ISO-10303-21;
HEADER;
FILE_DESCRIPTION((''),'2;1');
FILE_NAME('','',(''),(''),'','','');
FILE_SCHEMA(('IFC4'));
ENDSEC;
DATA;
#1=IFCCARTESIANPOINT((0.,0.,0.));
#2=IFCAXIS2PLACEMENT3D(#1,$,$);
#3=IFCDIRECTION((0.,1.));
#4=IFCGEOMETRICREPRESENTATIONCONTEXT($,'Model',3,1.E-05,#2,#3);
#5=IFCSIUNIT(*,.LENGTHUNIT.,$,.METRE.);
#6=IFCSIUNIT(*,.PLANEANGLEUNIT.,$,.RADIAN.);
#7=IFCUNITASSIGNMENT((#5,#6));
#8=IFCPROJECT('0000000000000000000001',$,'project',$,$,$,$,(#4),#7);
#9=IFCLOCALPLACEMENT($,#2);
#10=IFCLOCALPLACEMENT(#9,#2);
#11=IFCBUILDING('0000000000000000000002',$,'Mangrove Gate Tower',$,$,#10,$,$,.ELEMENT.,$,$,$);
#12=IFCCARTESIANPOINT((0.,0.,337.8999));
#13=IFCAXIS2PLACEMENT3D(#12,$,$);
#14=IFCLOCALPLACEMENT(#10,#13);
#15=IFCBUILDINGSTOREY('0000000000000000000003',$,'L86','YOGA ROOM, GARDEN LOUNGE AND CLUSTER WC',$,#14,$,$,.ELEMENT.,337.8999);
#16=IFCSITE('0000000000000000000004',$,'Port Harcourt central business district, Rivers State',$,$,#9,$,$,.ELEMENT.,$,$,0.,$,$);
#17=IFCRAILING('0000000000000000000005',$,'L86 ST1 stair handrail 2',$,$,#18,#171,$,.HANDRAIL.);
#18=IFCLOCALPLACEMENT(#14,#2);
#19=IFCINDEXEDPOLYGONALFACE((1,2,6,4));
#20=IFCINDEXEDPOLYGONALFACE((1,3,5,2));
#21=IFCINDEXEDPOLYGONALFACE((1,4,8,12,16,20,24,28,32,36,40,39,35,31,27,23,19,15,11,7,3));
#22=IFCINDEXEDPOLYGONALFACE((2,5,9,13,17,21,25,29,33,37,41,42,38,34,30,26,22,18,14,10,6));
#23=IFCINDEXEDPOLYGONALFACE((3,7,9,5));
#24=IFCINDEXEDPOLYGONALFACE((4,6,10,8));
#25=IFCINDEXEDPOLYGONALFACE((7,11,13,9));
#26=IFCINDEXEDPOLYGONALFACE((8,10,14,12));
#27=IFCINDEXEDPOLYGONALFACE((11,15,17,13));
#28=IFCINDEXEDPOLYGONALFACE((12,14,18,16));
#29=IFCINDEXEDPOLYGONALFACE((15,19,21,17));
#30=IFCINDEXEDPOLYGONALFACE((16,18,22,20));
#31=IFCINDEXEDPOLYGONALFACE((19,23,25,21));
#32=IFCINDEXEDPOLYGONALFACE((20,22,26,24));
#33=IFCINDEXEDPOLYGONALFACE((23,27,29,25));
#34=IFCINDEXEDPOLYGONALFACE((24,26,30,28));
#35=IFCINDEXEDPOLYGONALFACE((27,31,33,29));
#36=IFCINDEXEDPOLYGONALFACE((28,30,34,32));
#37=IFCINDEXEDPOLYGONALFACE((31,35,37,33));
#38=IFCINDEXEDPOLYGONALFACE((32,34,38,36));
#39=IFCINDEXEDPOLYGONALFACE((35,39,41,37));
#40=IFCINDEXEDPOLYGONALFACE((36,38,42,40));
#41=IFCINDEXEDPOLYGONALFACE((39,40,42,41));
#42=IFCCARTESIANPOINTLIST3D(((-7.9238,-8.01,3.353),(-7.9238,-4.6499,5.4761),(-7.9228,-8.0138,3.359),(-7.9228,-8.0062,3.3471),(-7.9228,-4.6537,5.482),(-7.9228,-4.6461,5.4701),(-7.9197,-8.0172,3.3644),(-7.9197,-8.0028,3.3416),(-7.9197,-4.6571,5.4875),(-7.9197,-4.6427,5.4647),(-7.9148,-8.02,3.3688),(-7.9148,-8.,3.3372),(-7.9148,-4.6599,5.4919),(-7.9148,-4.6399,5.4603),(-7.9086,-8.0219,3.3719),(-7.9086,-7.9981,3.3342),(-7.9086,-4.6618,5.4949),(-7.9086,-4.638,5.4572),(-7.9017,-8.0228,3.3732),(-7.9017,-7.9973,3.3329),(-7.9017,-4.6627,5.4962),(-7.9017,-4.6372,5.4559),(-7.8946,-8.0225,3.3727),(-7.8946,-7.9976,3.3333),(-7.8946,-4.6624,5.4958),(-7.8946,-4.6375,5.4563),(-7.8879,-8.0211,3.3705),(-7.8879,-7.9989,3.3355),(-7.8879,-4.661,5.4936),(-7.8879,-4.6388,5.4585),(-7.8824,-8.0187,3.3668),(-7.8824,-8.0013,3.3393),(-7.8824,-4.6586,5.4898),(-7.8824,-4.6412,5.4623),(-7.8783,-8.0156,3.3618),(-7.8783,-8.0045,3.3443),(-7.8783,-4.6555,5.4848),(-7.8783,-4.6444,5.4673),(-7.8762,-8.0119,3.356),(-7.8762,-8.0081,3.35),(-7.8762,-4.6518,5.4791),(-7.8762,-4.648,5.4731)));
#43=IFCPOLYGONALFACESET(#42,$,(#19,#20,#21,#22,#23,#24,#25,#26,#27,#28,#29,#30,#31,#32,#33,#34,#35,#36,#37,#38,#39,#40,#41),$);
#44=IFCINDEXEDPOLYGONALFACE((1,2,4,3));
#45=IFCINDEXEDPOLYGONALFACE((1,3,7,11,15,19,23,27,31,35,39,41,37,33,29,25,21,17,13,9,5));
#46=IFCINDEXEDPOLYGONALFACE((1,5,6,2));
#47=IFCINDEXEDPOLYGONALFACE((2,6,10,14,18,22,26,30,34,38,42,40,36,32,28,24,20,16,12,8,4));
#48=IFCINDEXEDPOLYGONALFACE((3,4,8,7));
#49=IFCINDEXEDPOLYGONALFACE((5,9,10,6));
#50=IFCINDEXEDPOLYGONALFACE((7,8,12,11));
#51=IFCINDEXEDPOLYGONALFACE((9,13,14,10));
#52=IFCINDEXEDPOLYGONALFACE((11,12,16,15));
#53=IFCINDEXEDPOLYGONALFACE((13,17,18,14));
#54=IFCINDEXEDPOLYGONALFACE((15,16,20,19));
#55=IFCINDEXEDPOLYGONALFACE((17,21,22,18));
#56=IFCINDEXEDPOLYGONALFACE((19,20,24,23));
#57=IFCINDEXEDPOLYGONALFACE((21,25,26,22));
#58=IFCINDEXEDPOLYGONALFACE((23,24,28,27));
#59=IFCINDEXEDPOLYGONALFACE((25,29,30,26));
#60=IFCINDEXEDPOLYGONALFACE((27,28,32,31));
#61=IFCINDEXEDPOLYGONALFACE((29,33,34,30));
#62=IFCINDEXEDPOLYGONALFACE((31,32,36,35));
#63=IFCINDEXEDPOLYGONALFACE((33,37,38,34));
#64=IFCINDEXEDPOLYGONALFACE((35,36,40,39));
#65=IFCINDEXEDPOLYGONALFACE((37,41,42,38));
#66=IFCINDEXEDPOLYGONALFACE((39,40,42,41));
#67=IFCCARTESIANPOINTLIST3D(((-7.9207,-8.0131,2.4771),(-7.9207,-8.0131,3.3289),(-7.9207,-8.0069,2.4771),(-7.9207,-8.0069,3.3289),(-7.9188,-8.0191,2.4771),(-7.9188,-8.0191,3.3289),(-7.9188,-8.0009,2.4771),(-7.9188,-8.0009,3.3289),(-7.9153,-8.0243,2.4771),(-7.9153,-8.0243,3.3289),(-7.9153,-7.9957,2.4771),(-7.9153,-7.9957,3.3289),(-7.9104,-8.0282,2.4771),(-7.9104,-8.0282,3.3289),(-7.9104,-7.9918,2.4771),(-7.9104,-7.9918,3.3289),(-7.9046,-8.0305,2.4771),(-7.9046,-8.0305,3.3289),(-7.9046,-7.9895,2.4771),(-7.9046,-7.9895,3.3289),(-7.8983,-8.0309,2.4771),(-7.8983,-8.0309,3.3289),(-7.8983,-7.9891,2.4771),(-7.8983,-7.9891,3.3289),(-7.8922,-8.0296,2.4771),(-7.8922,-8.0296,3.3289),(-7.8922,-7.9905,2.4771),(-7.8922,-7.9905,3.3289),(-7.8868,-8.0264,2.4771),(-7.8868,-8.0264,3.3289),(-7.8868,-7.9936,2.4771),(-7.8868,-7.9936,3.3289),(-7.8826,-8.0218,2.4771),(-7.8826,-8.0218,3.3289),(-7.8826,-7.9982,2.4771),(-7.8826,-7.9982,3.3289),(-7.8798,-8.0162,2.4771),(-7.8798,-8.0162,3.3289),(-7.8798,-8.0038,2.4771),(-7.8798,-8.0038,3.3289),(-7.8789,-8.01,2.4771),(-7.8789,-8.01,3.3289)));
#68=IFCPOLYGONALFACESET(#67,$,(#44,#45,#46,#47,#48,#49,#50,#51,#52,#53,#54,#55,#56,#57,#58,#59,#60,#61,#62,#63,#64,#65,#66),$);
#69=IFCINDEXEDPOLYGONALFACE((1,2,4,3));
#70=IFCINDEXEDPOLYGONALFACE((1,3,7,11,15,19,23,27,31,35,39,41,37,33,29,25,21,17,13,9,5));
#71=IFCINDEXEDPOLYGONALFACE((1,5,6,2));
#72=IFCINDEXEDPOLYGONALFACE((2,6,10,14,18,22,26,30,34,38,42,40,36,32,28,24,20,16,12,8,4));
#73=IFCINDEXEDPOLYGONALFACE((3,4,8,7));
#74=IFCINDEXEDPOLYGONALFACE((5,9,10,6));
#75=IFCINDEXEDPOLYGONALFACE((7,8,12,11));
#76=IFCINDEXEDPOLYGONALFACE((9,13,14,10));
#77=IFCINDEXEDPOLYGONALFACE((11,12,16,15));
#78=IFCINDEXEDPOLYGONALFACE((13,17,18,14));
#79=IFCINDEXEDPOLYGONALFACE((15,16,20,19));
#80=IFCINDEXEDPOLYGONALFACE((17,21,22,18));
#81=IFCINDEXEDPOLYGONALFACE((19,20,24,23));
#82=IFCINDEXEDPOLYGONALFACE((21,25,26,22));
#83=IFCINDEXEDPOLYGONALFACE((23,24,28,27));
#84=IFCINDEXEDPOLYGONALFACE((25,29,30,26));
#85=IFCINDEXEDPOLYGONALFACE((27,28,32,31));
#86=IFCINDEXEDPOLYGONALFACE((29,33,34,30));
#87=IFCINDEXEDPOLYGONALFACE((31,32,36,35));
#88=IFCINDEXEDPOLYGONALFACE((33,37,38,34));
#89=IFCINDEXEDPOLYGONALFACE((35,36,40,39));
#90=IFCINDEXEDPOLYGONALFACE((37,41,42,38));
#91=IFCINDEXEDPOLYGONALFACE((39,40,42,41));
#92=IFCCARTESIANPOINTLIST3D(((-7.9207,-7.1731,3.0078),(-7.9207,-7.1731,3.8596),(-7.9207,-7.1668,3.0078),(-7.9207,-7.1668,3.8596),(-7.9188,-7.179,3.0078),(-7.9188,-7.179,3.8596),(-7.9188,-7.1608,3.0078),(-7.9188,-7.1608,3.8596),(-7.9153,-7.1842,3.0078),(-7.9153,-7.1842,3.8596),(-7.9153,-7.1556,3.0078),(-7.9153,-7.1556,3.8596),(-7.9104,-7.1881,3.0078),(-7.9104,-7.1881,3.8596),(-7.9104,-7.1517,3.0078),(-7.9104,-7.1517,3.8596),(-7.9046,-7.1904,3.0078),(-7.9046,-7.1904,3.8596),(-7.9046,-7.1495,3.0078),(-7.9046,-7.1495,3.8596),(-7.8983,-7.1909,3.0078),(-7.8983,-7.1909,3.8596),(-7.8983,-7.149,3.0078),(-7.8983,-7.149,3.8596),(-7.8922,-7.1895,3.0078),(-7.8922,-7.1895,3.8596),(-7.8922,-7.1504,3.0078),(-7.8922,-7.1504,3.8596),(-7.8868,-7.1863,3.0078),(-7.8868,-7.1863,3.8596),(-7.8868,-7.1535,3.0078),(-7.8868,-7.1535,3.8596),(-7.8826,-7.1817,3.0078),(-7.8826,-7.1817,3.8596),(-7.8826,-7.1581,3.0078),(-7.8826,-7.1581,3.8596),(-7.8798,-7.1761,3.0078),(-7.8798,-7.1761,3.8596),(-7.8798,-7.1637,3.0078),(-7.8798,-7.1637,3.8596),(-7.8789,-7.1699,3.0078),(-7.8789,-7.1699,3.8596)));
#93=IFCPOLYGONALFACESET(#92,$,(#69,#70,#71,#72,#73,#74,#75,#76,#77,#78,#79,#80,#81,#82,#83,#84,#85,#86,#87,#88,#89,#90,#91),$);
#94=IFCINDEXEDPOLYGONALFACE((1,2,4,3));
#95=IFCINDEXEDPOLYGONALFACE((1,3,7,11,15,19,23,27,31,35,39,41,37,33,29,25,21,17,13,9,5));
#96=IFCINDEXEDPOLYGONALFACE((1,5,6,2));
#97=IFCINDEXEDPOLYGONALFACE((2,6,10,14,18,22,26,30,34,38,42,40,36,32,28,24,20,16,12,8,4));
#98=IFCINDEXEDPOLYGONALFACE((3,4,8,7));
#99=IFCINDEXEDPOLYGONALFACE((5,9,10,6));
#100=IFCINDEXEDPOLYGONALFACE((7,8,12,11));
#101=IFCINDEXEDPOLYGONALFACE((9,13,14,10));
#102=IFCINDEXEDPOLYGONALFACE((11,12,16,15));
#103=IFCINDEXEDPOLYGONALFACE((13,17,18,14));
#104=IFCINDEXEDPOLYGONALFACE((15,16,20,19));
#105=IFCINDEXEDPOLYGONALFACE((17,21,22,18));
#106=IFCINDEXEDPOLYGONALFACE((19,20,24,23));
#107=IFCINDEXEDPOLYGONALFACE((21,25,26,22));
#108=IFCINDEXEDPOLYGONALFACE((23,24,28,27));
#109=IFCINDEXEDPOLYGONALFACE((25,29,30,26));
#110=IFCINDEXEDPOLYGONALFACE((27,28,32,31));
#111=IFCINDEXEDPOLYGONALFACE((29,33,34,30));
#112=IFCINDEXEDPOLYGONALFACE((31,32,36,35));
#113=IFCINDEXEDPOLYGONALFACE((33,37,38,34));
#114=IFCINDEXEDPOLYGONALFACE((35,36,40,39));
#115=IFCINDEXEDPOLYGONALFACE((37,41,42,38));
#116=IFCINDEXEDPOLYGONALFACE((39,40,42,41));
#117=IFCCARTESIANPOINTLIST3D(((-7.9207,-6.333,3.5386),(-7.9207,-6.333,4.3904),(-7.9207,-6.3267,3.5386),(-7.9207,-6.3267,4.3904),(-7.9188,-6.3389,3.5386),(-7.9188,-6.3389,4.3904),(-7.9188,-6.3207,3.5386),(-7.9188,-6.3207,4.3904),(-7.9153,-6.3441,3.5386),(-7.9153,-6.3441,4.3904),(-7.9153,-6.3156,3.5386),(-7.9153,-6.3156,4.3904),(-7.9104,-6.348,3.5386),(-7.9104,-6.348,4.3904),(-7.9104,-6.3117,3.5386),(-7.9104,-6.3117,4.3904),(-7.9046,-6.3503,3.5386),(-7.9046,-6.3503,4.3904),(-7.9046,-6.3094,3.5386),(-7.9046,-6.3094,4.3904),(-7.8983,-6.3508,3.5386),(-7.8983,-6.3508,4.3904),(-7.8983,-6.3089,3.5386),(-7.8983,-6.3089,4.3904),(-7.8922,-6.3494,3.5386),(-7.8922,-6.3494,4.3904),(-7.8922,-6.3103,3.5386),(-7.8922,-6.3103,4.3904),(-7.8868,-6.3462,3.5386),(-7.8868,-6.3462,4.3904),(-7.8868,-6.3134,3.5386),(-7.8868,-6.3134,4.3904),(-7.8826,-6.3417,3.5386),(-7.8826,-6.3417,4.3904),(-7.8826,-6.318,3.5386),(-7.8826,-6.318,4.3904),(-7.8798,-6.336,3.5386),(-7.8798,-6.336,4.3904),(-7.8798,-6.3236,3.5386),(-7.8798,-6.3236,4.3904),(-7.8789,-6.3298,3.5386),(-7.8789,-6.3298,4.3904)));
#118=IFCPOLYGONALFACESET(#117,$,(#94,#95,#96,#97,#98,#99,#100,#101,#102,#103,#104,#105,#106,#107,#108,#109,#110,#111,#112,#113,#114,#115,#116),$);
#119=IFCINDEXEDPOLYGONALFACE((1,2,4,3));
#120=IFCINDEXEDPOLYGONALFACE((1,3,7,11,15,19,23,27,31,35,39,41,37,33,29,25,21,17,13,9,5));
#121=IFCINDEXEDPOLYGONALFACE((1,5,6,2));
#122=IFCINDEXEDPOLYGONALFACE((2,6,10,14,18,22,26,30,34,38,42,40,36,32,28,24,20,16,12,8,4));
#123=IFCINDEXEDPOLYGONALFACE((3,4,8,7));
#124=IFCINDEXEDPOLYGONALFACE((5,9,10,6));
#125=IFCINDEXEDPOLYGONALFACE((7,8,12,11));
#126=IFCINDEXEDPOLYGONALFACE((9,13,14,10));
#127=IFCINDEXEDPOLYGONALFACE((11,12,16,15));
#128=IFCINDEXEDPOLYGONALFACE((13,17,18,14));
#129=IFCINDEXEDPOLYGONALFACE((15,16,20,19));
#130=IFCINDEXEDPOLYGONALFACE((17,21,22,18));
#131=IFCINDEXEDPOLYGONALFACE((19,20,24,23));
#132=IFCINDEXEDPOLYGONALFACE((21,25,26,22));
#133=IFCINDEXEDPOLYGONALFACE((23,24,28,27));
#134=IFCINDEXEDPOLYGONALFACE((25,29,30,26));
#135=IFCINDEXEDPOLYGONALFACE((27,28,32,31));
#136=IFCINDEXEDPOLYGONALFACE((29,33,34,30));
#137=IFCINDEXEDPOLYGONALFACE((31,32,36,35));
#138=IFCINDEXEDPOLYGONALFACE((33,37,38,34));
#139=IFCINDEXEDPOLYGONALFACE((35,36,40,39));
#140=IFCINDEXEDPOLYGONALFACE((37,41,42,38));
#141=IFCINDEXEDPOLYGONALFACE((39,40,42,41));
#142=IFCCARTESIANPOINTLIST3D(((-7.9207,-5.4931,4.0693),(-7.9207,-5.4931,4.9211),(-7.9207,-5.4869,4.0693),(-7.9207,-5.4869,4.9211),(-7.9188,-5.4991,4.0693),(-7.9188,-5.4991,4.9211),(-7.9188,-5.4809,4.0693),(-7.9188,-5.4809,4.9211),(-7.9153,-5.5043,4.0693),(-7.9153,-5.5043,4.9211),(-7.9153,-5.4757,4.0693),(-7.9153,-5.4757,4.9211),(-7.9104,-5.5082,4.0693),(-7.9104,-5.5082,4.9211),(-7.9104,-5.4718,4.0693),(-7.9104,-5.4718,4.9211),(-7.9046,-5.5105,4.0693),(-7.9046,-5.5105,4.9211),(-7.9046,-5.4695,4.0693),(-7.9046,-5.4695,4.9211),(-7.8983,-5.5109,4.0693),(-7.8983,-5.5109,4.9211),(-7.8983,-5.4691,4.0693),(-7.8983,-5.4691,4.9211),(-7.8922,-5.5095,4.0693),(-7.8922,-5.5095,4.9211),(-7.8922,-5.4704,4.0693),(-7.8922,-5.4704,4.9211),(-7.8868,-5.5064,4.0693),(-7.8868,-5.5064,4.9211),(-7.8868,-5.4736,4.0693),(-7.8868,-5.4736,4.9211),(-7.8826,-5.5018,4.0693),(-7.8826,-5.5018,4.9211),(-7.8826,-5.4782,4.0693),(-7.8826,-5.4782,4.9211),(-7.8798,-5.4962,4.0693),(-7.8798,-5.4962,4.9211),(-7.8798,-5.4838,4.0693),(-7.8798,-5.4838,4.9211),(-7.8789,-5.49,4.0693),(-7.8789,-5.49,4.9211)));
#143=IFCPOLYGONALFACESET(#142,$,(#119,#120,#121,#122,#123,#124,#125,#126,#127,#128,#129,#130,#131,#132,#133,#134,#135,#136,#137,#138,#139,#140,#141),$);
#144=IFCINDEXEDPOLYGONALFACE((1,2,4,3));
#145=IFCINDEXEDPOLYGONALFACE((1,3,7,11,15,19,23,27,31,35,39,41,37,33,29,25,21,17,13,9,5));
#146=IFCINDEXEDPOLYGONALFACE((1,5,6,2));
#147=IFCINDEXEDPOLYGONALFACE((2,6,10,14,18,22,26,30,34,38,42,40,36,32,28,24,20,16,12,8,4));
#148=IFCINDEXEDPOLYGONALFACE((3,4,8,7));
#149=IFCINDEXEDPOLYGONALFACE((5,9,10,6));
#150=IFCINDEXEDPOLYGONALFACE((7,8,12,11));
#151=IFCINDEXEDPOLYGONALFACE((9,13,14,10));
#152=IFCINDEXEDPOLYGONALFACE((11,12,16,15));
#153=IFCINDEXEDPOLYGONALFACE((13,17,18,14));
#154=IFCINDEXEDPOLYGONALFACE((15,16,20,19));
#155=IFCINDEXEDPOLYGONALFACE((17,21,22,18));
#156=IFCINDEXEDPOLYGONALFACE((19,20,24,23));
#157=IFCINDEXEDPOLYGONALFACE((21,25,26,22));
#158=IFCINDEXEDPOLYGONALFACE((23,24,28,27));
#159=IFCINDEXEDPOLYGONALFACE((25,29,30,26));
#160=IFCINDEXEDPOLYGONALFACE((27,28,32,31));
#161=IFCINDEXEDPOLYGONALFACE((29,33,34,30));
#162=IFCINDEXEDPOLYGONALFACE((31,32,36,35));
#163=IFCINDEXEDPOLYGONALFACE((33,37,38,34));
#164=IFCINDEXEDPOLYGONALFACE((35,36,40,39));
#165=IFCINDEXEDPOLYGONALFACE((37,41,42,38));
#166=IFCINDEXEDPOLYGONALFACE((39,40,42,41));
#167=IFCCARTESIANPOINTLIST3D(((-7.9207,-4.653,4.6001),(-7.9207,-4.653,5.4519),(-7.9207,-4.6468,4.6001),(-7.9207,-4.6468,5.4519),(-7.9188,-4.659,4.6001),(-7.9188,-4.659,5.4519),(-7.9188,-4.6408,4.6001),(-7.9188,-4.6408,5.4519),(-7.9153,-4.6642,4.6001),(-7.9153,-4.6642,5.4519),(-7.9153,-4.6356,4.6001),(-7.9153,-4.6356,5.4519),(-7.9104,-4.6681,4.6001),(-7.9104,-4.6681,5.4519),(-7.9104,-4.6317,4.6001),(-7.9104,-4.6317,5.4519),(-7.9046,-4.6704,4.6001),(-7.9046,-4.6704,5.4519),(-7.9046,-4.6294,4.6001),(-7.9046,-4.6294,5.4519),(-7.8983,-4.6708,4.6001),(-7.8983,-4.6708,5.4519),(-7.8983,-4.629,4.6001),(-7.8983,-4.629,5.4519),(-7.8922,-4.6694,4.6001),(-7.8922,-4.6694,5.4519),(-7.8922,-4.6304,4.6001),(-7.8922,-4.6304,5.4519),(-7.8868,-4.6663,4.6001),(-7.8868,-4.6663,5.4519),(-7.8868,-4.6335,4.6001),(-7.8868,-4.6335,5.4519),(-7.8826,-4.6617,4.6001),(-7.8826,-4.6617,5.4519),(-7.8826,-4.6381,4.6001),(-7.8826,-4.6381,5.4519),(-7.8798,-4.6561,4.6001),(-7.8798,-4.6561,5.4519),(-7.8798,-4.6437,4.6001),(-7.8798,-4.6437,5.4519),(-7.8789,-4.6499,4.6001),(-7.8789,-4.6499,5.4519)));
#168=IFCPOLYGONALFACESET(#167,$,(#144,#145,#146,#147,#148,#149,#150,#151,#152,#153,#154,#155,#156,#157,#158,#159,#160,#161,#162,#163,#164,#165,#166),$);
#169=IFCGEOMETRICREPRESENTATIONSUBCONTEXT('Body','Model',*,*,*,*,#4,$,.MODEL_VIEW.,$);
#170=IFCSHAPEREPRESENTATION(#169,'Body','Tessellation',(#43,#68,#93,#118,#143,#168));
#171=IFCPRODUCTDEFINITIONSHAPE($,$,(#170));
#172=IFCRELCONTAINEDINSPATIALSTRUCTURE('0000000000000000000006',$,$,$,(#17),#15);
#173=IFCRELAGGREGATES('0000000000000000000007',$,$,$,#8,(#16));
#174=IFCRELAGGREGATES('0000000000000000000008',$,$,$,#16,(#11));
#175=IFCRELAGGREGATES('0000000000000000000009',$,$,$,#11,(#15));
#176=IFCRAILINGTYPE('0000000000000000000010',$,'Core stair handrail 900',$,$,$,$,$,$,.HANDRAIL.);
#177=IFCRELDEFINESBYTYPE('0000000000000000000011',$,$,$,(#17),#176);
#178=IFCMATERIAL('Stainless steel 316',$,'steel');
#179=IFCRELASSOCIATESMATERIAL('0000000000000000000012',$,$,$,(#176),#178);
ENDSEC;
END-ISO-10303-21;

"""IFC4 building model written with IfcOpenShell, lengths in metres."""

from ifc_helpers import new_model, si_unit, direction, frame, origin, origin_2d, place, context, subcontext, project, spatial, circle, extrude, material, type_object, element, save


model = new_model("IFC4")

# Units and contexts
model_context = context("Model", 3, precision=1e-05, world=origin(), true_north=direction((0.0, 1.0)))
body_context = subcontext(model_context, "Body", "Model", "MODEL_VIEW")
ifc_project = project(units=[si_unit("LENGTHUNIT", "METRE"), si_unit("PLANEANGLEUNIT", "RADIAN")], contexts=[model_context])

# Site, building, storey
site_placement = place(None, origin())
site = spatial("IfcSite", under=ifc_project, at=site_placement, Name="Port Harcourt central business district, Rivers State", CompositionType="ELEMENT", RefElevation=0.0)
building_placement = place(site_placement, origin())
building = spatial("IfcBuilding", under=site, at=building_placement, Name="Mangrove Gate Tower", CompositionType="ELEMENT")
storey_placement = place(building_placement, frame((0.0, 0.0, 337.8999)))
storey = spatial("IfcBuildingStorey", under=building, at=storey_placement, Name="L86", Description="YOGA ROOM, GARDEN LOUNGE AND CLUSTER WC", CompositionType="ELEMENT", Elevation=337.8999)

# Railing
ifc_material_1 = material(Name="Stainless steel 316", Category="steel")
railing_type_1 = type_object("IfcRailingType", Name="Core stair handrail 900", PredefinedType="HANDRAIL", material=ifc_material_1)
railing_1_placement = place(storey_placement, frame((-7.8999, -8.01, 2.4771)))
element("IfcRailing", 1, at=railing_1_placement, inside=storey, type_object=railing_type_1, Name="L86 ST1 stair handrail 2", PredefinedType="HANDRAIL", context=body_context, shape_type="SweptSolid", body=[
    extrude(circle(Radius=0.0239, at=origin_2d()), frame((0.0, 0.0, 0.876), z_axis=(0.0, 0.84539, 0.53415), x_axis=(-1.0, 0.0, 0.0)), (0.0, 0.0, 1.0), 3.9746),
    extrude(circle(Radius=0.021, at=origin_2d()), origin(), (0.0, 0.0, 1.0), 0.8518),
    extrude(circle(Radius=0.021, at=origin_2d()), frame((0.0, 0.8401, 0.5308)), (0.0, 0.0, 1.0), 0.8518),
    extrude(circle(Radius=0.021, at=origin_2d()), frame((0.0, 1.6802, 1.0615)), (0.0, 0.0, 1.0), 0.8518),
    extrude(circle(Radius=0.021, at=origin_2d()), frame((0.0, 2.52, 1.5923)), (0.0, 0.0, 1.0), 0.8518),
    extrude(circle(Radius=0.021, at=origin_2d()), frame((0.0, 3.3601, 2.123)), (0.0, 0.0, 1.0), 0.8518),
])

save(model, "model.ifc")
